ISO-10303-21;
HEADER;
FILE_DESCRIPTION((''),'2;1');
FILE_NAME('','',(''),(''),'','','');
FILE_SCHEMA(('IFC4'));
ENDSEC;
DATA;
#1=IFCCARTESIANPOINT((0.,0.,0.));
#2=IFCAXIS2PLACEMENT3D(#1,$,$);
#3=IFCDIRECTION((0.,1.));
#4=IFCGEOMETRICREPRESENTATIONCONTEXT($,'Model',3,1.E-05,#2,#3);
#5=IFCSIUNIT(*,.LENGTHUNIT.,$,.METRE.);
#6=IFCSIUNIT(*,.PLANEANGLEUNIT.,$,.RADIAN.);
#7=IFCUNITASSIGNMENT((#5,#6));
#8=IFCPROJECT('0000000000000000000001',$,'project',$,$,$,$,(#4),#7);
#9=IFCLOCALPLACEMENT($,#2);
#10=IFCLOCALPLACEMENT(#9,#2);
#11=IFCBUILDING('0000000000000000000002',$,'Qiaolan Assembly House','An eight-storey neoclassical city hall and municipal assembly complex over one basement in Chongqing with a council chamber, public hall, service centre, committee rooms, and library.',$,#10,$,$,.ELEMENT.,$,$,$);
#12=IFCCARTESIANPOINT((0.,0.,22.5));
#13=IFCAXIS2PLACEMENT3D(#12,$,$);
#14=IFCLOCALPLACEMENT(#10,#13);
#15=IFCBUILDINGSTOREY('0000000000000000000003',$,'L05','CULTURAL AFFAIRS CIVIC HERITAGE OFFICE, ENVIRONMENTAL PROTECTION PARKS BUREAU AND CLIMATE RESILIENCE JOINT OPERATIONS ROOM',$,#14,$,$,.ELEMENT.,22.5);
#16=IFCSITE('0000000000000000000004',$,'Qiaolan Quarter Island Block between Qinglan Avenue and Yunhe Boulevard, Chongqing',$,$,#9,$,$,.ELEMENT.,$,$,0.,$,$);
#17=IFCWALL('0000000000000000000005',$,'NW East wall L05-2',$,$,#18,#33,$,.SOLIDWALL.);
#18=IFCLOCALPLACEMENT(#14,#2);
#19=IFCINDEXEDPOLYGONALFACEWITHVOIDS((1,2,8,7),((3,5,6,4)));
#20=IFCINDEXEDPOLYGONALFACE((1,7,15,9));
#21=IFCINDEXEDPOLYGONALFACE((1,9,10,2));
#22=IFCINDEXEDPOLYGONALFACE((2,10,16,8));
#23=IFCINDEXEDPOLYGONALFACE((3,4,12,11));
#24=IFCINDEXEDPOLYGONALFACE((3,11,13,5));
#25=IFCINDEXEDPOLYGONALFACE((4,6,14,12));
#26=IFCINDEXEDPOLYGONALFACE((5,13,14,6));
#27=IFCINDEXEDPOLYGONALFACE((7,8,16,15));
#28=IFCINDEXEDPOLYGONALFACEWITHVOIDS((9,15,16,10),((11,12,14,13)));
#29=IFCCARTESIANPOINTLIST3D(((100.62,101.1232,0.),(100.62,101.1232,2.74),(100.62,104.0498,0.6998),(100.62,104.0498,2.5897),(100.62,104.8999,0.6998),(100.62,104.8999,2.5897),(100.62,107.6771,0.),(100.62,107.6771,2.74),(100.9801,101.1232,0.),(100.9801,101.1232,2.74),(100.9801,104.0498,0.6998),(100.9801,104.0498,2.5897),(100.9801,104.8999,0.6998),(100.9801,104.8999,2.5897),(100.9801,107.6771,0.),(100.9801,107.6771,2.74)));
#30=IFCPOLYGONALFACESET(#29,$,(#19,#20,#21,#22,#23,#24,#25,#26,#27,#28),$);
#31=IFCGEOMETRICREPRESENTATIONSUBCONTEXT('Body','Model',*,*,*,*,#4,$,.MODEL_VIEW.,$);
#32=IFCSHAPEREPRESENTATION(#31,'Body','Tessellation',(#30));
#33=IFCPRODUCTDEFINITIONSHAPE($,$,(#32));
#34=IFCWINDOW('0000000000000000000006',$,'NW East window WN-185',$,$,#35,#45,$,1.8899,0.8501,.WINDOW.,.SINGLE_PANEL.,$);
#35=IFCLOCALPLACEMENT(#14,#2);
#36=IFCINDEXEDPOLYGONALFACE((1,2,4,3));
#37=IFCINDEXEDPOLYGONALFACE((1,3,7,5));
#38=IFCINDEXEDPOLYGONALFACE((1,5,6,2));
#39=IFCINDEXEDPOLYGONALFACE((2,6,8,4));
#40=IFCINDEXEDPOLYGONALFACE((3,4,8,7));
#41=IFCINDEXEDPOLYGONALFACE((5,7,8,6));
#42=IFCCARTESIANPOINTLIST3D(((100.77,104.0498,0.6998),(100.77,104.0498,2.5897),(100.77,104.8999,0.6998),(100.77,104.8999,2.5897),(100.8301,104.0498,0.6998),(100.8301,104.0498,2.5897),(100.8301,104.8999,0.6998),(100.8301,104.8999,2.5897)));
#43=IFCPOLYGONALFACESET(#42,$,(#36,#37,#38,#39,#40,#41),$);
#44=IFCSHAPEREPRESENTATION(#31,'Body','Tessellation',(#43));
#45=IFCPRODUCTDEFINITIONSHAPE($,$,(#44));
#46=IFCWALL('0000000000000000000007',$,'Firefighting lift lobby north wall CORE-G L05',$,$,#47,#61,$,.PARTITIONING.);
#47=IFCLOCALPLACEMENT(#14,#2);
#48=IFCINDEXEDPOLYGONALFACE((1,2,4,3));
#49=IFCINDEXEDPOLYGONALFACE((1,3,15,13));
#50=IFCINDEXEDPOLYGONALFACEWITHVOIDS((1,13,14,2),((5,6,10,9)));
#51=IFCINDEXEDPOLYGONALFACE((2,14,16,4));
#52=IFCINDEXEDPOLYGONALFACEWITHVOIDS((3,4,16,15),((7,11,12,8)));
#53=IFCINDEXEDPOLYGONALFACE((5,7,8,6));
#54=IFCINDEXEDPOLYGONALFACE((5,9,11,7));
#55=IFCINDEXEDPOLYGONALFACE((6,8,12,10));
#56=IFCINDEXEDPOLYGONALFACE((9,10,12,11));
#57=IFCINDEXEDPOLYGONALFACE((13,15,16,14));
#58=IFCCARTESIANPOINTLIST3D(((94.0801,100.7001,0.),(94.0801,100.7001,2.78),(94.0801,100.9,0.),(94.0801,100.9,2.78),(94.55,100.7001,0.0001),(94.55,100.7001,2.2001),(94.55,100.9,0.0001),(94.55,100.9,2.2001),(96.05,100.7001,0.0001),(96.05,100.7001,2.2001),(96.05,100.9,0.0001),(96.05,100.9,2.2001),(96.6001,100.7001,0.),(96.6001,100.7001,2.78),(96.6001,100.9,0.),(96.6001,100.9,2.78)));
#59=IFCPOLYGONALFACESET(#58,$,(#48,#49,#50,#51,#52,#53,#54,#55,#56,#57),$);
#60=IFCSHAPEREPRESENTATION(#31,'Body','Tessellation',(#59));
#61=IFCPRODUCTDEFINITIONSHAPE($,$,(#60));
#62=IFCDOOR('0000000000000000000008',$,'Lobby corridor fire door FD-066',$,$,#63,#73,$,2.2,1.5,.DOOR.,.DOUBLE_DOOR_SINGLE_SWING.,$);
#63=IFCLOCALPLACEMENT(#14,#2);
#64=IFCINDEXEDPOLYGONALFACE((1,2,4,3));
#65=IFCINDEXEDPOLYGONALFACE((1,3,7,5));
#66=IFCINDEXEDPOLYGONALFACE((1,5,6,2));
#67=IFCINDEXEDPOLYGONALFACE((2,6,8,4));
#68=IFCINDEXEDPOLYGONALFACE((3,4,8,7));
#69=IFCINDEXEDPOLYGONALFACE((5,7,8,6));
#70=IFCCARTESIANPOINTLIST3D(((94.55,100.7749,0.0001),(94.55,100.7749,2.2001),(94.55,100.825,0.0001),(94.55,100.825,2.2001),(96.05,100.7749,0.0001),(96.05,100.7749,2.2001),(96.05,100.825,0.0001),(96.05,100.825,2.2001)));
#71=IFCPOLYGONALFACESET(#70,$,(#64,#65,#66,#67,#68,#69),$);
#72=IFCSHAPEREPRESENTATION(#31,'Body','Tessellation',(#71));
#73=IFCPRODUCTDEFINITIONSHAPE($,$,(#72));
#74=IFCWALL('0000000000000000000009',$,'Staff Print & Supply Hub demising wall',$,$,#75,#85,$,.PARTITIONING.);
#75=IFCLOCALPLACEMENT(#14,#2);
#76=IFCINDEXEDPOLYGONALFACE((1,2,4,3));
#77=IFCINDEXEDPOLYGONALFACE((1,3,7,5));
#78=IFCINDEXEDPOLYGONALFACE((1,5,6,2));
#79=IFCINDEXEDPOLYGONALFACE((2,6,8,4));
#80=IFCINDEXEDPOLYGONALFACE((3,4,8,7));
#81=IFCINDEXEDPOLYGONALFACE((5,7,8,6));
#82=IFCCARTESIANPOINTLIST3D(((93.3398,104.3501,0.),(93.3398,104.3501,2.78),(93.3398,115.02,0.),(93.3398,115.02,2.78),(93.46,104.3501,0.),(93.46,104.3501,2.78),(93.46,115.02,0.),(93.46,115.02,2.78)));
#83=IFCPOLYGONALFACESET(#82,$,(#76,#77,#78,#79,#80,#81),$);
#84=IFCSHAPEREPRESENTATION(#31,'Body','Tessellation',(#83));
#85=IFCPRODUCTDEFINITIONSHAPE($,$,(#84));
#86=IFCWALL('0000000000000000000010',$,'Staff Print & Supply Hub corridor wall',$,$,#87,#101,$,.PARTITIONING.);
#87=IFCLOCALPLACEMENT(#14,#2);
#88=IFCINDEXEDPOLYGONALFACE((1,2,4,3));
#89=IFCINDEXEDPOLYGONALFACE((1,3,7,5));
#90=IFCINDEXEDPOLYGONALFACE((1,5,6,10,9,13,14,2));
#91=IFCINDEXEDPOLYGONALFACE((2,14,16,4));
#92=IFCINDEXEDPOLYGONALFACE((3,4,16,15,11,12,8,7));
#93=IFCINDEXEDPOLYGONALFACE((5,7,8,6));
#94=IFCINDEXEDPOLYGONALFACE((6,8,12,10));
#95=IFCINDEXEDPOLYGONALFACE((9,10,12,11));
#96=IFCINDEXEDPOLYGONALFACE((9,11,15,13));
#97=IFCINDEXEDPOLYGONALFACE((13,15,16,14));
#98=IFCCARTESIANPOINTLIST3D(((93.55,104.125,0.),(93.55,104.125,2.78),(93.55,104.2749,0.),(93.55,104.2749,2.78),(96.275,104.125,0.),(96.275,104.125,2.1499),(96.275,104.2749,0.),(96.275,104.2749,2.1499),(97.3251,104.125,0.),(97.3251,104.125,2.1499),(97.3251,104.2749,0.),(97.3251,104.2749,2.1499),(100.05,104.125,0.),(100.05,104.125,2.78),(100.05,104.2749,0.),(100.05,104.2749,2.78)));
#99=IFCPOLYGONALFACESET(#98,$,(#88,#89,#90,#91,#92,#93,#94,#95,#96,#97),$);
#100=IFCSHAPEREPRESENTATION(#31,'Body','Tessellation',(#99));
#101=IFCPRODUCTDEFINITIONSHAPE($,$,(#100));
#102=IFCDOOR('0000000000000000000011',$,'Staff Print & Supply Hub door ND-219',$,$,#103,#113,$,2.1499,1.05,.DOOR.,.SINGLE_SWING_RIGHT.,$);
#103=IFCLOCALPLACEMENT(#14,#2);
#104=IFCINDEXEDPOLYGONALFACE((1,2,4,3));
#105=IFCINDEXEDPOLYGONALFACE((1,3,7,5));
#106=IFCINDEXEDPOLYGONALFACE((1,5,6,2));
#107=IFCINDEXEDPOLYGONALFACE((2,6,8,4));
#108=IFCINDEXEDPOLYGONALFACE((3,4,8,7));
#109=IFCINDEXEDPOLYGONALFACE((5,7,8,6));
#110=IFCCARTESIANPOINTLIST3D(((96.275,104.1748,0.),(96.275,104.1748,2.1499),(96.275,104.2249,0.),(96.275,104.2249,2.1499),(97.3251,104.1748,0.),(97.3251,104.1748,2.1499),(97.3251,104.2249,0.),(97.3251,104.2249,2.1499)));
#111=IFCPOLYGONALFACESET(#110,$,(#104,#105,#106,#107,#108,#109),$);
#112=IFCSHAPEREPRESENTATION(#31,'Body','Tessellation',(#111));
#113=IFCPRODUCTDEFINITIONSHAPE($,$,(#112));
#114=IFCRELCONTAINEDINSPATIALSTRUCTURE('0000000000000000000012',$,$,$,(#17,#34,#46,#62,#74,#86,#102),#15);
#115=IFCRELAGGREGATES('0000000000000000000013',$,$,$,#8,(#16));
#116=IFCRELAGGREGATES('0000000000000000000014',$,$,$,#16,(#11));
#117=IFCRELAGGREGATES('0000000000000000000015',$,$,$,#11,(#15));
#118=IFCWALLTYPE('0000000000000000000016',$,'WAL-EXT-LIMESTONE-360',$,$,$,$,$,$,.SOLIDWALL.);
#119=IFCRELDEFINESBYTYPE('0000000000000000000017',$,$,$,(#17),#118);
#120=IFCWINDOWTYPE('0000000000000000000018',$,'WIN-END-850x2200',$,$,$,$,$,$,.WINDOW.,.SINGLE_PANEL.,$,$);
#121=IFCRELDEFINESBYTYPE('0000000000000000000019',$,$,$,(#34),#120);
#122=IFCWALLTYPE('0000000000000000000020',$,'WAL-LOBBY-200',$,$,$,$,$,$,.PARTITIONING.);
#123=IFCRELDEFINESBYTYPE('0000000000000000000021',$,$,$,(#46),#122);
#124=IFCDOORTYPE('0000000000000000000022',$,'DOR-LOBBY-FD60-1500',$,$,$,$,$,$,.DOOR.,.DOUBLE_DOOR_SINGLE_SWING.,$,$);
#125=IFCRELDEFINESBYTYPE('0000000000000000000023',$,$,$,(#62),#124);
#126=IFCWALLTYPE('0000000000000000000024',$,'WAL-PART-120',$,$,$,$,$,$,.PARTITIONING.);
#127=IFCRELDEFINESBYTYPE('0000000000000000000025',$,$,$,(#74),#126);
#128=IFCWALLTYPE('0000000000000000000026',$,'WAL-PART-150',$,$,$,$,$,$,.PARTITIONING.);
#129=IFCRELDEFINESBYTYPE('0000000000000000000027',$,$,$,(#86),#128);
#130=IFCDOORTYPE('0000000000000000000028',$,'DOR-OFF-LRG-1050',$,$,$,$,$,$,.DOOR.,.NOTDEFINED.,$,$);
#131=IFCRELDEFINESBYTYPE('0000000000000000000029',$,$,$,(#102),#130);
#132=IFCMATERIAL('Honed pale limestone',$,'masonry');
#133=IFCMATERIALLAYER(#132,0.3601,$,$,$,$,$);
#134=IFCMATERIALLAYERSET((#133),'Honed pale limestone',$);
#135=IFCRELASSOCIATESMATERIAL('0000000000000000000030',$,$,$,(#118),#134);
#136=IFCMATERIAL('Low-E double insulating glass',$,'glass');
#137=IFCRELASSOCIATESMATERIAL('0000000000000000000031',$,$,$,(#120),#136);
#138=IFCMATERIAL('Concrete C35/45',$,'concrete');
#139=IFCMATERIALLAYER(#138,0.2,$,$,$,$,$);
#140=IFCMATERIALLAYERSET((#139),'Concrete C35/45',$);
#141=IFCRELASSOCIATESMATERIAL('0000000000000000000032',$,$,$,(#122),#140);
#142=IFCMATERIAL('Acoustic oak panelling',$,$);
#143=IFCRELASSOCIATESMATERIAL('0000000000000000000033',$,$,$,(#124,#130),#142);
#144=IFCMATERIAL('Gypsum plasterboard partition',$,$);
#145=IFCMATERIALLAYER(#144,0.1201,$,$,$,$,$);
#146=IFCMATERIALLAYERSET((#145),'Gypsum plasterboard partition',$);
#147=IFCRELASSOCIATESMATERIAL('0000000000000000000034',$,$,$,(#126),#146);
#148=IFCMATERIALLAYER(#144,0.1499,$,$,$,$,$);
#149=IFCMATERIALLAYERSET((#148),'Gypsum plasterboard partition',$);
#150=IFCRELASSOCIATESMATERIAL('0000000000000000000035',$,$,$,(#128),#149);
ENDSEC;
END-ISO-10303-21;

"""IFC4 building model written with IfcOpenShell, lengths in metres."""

from ifc_helpers import new_model, si_unit, direction, frame, frame_2d, origin, place, context, subcontext, project, spatial, rectangle, extrude, material, layer, layer_set, type_object, element, fill, save


model = new_model("IFC4")

# Units and contexts
model_context = context("Model", 3, precision=1e-05, world=origin(), true_north=direction((0.0, 1.0)))
body_context = subcontext(model_context, "Body", "Model", "MODEL_VIEW")
ifc_project = project(units=[si_unit("LENGTHUNIT", "METRE"), si_unit("PLANEANGLEUNIT", "RADIAN")], contexts=[model_context])

# Site, building, storey
site_placement = place(None, origin())
site = spatial("IfcSite", under=ifc_project, at=site_placement, Name="Qiaolan Quarter Island Block between Qinglan Avenue and Yunhe Boulevard, Chongqing", CompositionType="ELEMENT", RefElevation=0.0)
building_placement = place(site_placement, origin())
building = spatial("IfcBuilding", under=site, at=building_placement, Name="Qiaolan Assembly House", Description="An eight-storey neoclassical city hall and municipal assembly complex over one basement in Chongqing with a council chamber, public hall, service centre, committee rooms, and library.", CompositionType="ELEMENT")
storey_placement = place(building_placement, frame((0.0, 0.0, 22.5)))
storey = spatial("IfcBuildingStorey", under=building, at=storey_placement, Name="L05", Description="CULTURAL AFFAIRS CIVIC HERITAGE OFFICE, ENVIRONMENTAL PROTECTION PARKS BUREAU AND CLIMATE RESILIENCE JOINT OPERATIONS ROOM", CompositionType="ELEMENT", Elevation=22.5)

# Wall, opening, window
ifc_material_1 = material(Name="Honed pale limestone", Category="masonry")
ifc_layer_1 = layer(ifc_material_1, 0.3601)
ifc_layer_set_1 = layer_set([ifc_layer_1], Name="Honed pale limestone")
wall_type_1 = type_object("IfcWallType", Name="WAL-EXT-LIMESTONE-360", PredefinedType="SOLIDWALL", material=ifc_layer_set_1)
wall_1_placement = place(storey_placement, frame((100.8, 107.677, 0.0), z_axis=(0.0, 0.0, 1.0), x_axis=(0.0, -1.0, 0.0)))
wall_1 = element("IfcWall", 1, at=wall_1_placement, inside=storey, type_object=wall_type_1, Name="NW East wall L05-2", PredefinedType="SOLIDWALL", context=body_context, shape_type="SweptSolid", body=[
    extrude(rectangle(XDim=6.554, YDim=0.3601, at=frame_2d((3.2769, 0.0))), origin(), (0.0, 0.0, 1.0), 2.74),
])
opening_1_placement = place(wall_1_placement, frame((2.7771, 0.0, 0.7)))
opening_1 = element("IfcOpeningElement", 2, at=opening_1_placement, cuts=wall_1, PredefinedType="OPENING", context=body_context, shape_type="SweptSolid", body=[
    extrude(rectangle(XDim=0.8501, YDim=1.8899, at=frame_2d((0.425, 0.9448))), frame((0.0, 0.1899, 0.0), z_axis=(0.0, -1.0, 0.0), x_axis=(1.0, 0.0, 0.0)), (0.0, 0.0, 1.0), 0.3801),
])
ifc_material_2 = material(Name="Low-E double insulating glass", Category="glass")
window_type = type_object("IfcWindowType", Name="WIN-END-850x2200", PartitioningType="SINGLE_PANEL", PredefinedType="WINDOW", material=ifc_material_2)
window_placement = place(opening_1_placement, origin())
window = element("IfcWindow", 3, at=window_placement, inside=storey, type_object=window_type, Name="NW East window WN-185", OverallHeight=1.8899, OverallWidth=0.8501, PartitioningType="SINGLE_PANEL", PredefinedType="WINDOW", context=body_context, shape_type="SweptSolid", body=[
    extrude(rectangle(XDim=0.8501, YDim=1.8899, at=frame_2d((0.425, 0.9448))), frame((0.0, 0.03, 0.0), z_axis=(0.0, -1.0, 0.0), x_axis=(1.0, 0.0, 0.0)), (0.0, 0.0, 1.0), 0.0601),
])
fill(opening_1, window)

# Wall, opening, door
ifc_material_3 = material(Name="Concrete C35/45", Category="concrete")
ifc_layer_2 = layer(ifc_material_3, 0.2)
ifc_layer_set_2 = layer_set([ifc_layer_2], Name="Concrete C35/45")
wall_type_2 = type_object("IfcWallType", Name="WAL-LOBBY-200", PredefinedType="PARTITIONING", material=ifc_layer_set_2)
wall_2_placement = place(storey_placement, frame((96.6001, 100.8, 0.0), z_axis=(0.0, 0.0, 1.0), x_axis=(-1.0, 0.0, 0.0)))
wall_2 = element("IfcWall", 4, at=wall_2_placement, inside=storey, type_object=wall_type_2, Name="Firefighting lift lobby north wall CORE-G L05", PredefinedType="PARTITIONING", context=body_context, shape_type="SweptSolid", body=[
    extrude(rectangle(XDim=2.52, YDim=0.2, at=frame_2d((1.26, 0.0))), origin(), (0.0, 0.0, 1.0), 2.78),
])
opening_2_placement = place(wall_2_placement, frame((0.55, 0.0, 0.0)))
opening_2 = element("IfcOpeningElement", 5, at=opening_2_placement, cuts=wall_2, PredefinedType="OPENING", context=body_context, shape_type="SweptSolid", body=[
    extrude(rectangle(XDim=1.5, YDim=2.2, at=frame_2d((0.75, 1.1001))), frame((0.0, 0.1099, 0.0), z_axis=(0.0, -1.0, 0.0), x_axis=(1.0, 0.0, 0.0)), (0.0, 0.0, 1.0), 0.22),
])
ifc_material_4 = material(Name="Acoustic oak panelling")
door_type_1 = type_object("IfcDoorType", Name="DOR-LOBBY-FD60-1500", OperationType="DOUBLE_DOOR_SINGLE_SWING", PredefinedType="DOOR", material=ifc_material_4)
door_1_placement = place(opening_2_placement, frame((1.5, 0.0, 0.0), z_axis=(0.0, 0.0, 1.0), x_axis=(-1.0, 0.0, 0.0)))
door_1 = element("IfcDoor", 6, at=door_1_placement, inside=storey, type_object=door_type_1, Name="Lobby corridor fire door FD-066", OperationType="DOUBLE_DOOR_SINGLE_SWING", OverallHeight=2.2, OverallWidth=1.5, PredefinedType="DOOR", context=body_context, shape_type="SweptSolid", body=[
    extrude(rectangle(XDim=1.5, YDim=2.2, at=frame_2d((0.75, 1.1001))), frame((0.0, 0.0249, 0.0), z_axis=(0.0, -1.0, 0.0), x_axis=(1.0, 0.0, 0.0)), (0.0, 0.0, 1.0), 0.05),
])
fill(opening_2, door_1)

# Wall
ifc_material_5 = material(Name="Gypsum plasterboard partition")
ifc_layer_3 = layer(ifc_material_5, 0.1201)
ifc_layer_set_3 = layer_set([ifc_layer_3], Name="Gypsum plasterboard partition")
wall_type_3 = type_object("IfcWallType", Name="WAL-PART-120", PredefinedType="PARTITIONING", material=ifc_layer_set_3)
wall_3_placement = place(storey_placement, frame((93.3999, 104.3501, 0.0), z_axis=(0.0, 0.0, 1.0), x_axis=(0.0, 1.0, 0.0)))
element("IfcWall", 7, at=wall_3_placement, inside=storey, type_object=wall_type_3, Name="Staff Print & Supply Hub demising wall", PredefinedType="PARTITIONING", context=body_context, shape_type="SweptSolid", body=[
    extrude(rectangle(XDim=10.6699, YDim=0.1201, at=frame_2d((5.335, 0.0))), origin(), (0.0, 0.0, 1.0), 2.78),
])

# Wall, opening, door
ifc_layer_4 = layer(ifc_material_5, 0.1499)
ifc_layer_set_4 = layer_set([ifc_layer_4], Name="Gypsum plasterboard partition")
wall_type_4 = type_object("IfcWallType", Name="WAL-PART-150", PredefinedType="PARTITIONING", material=ifc_layer_set_4)
wall_4_placement = place(storey_placement, frame((93.55, 104.2, 0.0), z_axis=(0.0, 0.0, 1.0), x_axis=(1.0, 0.0, 0.0)))
wall_4 = element("IfcWall", 8, at=wall_4_placement, inside=storey, type_object=wall_type_4, Name="Staff Print & Supply Hub corridor wall", PredefinedType="PARTITIONING", context=body_context, shape_type="SweptSolid", body=[
    extrude(rectangle(XDim=6.5, YDim=0.1499, at=frame_2d((3.25, 0.0))), origin(), (0.0, 0.0, 1.0), 2.78),
])
opening_3_placement = place(wall_4_placement, frame((2.7251, 0.0, 0.0)))
opening_3 = element("IfcOpeningElement", 9, at=opening_3_placement, cuts=wall_4, PredefinedType="OPENING", context=body_context, shape_type="SweptSolid", body=[
    extrude(rectangle(XDim=1.05, YDim=2.1499, at=frame_2d((0.5249, 1.075))), frame((0.0, 0.085, 0.0), z_axis=(0.0, -1.0, 0.0), x_axis=(1.0, 0.0, 0.0)), (0.0, 0.0, 1.0), 0.1699),
])
door_type_2 = type_object("IfcDoorType", Name="DOR-OFF-LRG-1050", OperationType="NOTDEFINED", PredefinedType="DOOR", material=ifc_material_4)
door_2_placement = place(opening_3_placement, origin())
door_2 = element("IfcDoor", 10, at=door_2_placement, inside=storey, type_object=door_type_2, Name="Staff Print & Supply Hub door ND-219", OperationType="SINGLE_SWING_RIGHT", OverallHeight=2.1499, OverallWidth=1.05, PredefinedType="DOOR", context=body_context, shape_type="SweptSolid", body=[
    extrude(rectangle(XDim=1.05, YDim=2.1499, at=frame_2d((0.5249, 1.075))), frame((0.0, 0.0249, 0.0), z_axis=(0.0, -1.0, 0.0), x_axis=(1.0, 0.0, 0.0)), (0.0, 0.0, 1.0), 0.05),
])
fill(opening_3, door_2)

save(model, "model.ifc")
